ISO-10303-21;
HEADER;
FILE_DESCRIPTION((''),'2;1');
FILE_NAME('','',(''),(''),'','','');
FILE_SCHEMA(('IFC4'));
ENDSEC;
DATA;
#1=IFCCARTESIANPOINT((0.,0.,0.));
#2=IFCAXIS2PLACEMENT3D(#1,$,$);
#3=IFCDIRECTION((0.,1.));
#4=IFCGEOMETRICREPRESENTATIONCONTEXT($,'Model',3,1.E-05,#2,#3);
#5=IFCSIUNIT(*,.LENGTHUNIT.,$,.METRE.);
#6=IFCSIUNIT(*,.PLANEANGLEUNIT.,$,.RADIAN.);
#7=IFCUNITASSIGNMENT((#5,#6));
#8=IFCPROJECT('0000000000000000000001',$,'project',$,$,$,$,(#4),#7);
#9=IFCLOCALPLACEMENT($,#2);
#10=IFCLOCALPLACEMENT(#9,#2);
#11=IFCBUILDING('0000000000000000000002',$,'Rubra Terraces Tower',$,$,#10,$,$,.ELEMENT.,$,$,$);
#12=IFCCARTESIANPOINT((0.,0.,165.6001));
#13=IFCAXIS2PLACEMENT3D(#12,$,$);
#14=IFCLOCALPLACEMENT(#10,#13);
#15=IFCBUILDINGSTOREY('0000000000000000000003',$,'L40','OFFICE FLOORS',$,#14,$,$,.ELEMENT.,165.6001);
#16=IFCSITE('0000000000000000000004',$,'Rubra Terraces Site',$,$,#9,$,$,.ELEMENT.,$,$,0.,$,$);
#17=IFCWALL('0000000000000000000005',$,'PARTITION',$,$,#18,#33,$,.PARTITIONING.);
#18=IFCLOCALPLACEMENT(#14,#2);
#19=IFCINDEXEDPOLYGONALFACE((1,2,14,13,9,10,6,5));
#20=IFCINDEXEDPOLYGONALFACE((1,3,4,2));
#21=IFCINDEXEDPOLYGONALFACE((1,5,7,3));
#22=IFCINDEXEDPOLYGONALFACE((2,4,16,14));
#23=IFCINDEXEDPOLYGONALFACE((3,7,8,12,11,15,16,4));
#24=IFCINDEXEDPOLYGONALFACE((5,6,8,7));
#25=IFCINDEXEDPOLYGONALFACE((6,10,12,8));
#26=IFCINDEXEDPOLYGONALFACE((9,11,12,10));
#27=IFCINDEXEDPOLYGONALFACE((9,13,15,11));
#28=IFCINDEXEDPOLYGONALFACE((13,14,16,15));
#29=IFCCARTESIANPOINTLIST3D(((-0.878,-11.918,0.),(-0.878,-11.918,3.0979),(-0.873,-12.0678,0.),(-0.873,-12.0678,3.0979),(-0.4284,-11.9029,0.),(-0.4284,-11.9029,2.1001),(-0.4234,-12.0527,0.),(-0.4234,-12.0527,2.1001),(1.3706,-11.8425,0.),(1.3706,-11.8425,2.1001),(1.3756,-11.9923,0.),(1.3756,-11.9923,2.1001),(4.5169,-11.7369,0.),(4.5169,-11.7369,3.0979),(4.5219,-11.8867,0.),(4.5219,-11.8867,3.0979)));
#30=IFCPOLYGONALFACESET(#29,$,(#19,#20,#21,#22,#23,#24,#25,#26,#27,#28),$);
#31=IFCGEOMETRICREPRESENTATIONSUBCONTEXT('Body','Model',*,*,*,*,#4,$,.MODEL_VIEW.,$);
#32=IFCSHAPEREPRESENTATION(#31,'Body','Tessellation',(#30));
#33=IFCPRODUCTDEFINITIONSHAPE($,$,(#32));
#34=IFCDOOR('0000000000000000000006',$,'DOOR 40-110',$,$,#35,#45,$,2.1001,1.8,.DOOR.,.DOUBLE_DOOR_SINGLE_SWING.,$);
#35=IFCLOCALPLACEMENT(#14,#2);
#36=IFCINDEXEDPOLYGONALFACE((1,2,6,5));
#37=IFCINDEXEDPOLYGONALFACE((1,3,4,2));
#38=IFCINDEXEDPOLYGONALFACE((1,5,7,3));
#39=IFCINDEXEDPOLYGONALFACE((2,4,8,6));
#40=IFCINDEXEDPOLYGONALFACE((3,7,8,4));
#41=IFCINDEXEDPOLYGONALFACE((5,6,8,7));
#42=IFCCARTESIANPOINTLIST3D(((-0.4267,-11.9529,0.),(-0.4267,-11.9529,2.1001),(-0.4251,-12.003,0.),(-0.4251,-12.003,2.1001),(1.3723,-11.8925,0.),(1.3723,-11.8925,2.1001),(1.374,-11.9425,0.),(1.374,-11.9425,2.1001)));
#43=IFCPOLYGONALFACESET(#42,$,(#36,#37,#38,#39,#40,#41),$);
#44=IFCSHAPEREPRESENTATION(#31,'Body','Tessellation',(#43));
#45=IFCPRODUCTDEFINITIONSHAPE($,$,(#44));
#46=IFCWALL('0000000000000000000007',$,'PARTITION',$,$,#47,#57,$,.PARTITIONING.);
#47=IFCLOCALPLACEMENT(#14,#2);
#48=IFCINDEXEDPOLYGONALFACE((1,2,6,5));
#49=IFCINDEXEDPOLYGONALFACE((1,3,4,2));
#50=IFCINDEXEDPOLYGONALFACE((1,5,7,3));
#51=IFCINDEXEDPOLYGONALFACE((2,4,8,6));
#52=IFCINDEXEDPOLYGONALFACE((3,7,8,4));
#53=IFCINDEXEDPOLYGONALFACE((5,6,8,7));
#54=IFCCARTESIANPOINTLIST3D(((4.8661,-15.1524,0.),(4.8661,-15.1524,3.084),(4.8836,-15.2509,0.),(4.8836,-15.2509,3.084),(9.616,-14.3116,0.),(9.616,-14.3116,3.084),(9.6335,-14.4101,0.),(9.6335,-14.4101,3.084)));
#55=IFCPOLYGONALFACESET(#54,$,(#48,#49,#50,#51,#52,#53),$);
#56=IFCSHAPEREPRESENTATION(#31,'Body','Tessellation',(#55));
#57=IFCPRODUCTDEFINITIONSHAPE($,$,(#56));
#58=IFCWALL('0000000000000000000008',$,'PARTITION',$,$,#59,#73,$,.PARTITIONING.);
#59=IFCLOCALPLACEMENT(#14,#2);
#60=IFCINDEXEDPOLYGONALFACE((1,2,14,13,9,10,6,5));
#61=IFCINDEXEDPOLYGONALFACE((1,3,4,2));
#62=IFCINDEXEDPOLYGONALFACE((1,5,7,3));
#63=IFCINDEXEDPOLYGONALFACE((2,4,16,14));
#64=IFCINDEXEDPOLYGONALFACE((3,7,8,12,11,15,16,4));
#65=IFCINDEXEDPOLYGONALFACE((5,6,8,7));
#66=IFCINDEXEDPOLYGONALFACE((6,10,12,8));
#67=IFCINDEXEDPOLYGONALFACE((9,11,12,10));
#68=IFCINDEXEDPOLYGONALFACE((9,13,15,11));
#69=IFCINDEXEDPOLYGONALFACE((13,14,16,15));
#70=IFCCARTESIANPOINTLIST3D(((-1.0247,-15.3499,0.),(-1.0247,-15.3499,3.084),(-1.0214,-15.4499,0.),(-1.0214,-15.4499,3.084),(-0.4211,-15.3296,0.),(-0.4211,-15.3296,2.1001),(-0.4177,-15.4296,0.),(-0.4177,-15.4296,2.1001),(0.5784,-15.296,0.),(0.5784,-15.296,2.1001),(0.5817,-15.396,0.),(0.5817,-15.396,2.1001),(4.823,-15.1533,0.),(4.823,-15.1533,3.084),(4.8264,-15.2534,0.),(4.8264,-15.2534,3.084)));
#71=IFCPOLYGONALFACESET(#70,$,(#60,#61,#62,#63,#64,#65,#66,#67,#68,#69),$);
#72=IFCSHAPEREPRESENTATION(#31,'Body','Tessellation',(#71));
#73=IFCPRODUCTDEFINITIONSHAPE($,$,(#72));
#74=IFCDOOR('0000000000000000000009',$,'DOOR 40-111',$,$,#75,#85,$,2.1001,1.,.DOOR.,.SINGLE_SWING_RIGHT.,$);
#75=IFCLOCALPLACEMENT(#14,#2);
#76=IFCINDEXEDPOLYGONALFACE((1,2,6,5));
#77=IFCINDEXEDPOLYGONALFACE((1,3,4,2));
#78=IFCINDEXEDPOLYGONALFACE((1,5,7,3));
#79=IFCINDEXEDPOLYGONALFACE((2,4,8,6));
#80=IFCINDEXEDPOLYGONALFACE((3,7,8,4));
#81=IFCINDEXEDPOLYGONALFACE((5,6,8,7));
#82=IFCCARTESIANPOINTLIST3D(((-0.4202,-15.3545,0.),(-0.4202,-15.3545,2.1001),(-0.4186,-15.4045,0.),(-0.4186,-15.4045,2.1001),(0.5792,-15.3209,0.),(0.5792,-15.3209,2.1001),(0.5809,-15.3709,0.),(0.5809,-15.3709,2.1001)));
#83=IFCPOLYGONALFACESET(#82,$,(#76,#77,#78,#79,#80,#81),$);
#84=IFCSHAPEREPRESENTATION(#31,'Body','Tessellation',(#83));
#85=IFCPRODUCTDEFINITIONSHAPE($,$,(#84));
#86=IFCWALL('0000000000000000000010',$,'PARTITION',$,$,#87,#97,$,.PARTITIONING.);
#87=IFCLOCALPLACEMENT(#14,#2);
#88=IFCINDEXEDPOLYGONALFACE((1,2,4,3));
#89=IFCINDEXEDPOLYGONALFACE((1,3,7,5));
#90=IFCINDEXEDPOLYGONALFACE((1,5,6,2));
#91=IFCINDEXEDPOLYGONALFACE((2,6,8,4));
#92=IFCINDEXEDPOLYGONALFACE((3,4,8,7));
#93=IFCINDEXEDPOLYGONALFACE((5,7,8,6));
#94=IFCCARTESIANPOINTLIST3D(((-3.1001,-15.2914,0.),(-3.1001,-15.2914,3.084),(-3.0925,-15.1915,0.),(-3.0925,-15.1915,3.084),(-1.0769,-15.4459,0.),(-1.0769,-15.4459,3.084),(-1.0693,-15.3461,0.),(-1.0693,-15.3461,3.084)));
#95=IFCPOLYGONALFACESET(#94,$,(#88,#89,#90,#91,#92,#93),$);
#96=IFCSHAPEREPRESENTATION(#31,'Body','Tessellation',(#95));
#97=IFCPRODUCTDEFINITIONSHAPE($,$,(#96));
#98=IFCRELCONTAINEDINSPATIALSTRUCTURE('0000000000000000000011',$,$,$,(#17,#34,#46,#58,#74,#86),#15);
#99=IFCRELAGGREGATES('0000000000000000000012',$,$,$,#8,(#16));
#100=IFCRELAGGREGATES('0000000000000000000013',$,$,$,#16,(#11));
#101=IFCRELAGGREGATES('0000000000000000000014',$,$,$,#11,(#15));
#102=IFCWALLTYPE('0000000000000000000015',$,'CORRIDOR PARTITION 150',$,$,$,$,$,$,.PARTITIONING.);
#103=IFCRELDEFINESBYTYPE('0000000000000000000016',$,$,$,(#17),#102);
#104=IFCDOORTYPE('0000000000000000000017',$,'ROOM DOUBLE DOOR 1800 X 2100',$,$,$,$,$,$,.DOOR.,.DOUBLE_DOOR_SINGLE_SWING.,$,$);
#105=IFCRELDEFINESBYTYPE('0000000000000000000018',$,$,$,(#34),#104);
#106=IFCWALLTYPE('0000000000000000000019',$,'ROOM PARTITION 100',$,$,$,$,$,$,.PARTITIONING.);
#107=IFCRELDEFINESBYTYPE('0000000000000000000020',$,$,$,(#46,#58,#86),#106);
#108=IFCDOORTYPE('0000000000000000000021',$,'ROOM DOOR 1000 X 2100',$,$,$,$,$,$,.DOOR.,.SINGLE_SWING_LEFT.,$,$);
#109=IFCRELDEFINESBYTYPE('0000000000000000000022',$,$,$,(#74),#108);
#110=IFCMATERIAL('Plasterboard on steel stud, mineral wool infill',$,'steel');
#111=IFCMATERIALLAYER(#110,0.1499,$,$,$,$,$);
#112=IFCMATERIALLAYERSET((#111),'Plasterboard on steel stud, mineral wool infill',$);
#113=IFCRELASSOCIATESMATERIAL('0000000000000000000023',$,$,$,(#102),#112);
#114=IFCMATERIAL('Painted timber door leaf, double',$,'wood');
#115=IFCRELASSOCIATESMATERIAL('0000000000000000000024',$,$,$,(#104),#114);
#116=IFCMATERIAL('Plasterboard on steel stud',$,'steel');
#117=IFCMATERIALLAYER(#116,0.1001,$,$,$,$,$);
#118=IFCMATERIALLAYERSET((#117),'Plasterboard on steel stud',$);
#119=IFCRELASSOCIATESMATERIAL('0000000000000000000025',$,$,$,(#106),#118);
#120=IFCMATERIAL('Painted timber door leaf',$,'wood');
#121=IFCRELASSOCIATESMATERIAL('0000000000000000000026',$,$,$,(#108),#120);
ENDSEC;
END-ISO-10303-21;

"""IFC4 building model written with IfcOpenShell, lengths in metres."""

from ifc_helpers import new_model, si_unit, direction, frame, frame_2d, origin, place, context, subcontext, project, spatial, rectangle, extrude, material, layer, layer_set, type_object, element, fill, save


model = new_model("IFC4")

# Units and contexts
model_context = context("Model", 3, precision=1e-05, world=origin(), true_north=direction((0.0, 1.0)))
body_context = subcontext(model_context, "Body", "Model", "MODEL_VIEW")
ifc_project = project(units=[si_unit("LENGTHUNIT", "METRE"), si_unit("PLANEANGLEUNIT", "RADIAN")], contexts=[model_context])

# Site, building, storey
site_placement = place(None, origin())
site = spatial("IfcSite", under=ifc_project, at=site_placement, Name="Rubra Terraces Site", CompositionType="ELEMENT", RefElevation=0.0)
building_placement = place(site_placement, origin())
building = spatial("IfcBuilding", under=site, at=building_placement, Name="Rubra Terraces Tower", CompositionType="ELEMENT")
storey_placement = place(building_placement, frame((0.0, 0.0, 165.6001)))
storey = spatial("IfcBuildingStorey", under=building, at=storey_placement, Name="L40", Description="OFFICE FLOORS", CompositionType="ELEMENT", Elevation=165.6001)

# Wall, opening, door
ifc_material_1 = material(Name="Plasterboard on steel stud, mineral wool infill", Category="steel")
ifc_layer_1 = layer(ifc_material_1, 0.1499)
ifc_layer_set_1 = layer_set([ifc_layer_1], Name="Plasterboard on steel stud, mineral wool infill")
wall_type_1 = type_object("IfcWallType", Name="CORRIDOR PARTITION 150", PredefinedType="PARTITIONING", material=ifc_layer_set_1)
wall_1_placement = place(storey_placement, frame((-0.8755, -11.9929, 0.0), z_axis=(0.0, 0.0, 1.0), x_axis=(0.999437, 0.033559, 0.0)))
wall_1 = element("IfcWall", 1, at=wall_1_placement, inside=storey, type_object=wall_type_1, Name="PARTITION", PredefinedType="PARTITIONING", context=body_context, shape_type="SweptSolid", body=[
    extrude(rectangle(XDim=5.3979, YDim=0.1499, at=frame_2d((2.699, 0.0))), origin(), (0.0, 0.0, 1.0), 3.0979),
])
opening_1_placement = place(wall_1_placement, frame((0.45, 0.0, 0.0)))
opening_1 = element("IfcOpeningElement", 2, at=opening_1_placement, cuts=wall_1, PredefinedType="OPENING", context=body_context, shape_type="SweptSolid", body=[
    extrude(rectangle(XDim=1.8, YDim=2.1001, at=frame_2d((0.8999, 1.05))), frame((0.0, 0.085, 0.0), z_axis=(0.0, -1.0, 0.0), x_axis=(1.0, 0.0, 0.0)), (0.0, 0.0, 1.0), 0.1699),
])
ifc_material_2 = material(Name="Painted timber door leaf, double", Category="wood")
door_type_1 = type_object("IfcDoorType", Name="ROOM DOUBLE DOOR 1800 X 2100", OperationType="DOUBLE_DOOR_SINGLE_SWING", PredefinedType="DOOR", material=ifc_material_2)
door_1_placement = place(opening_1_placement, origin())
door_1 = element("IfcDoor", 3, at=door_1_placement, inside=storey, type_object=door_type_1, Name="DOOR 40-110", OperationType="DOUBLE_DOOR_SINGLE_SWING", OverallHeight=2.1001, OverallWidth=1.8, PredefinedType="DOOR", context=body_context, shape_type="SweptSolid", body=[
    extrude(rectangle(XDim=1.8, YDim=2.1001, at=frame_2d((0.8999, 1.05))), frame((0.0, 0.0249, 0.0), z_axis=(0.0, -1.0, 0.0), x_axis=(1.0, 0.0, 0.0)), (0.0, 0.0, 1.0), 0.05),
])
fill(opening_1, door_1)

# Wall
ifc_material_3 = material(Name="Plasterboard on steel stud", Category="steel")
ifc_layer_2 = layer(ifc_material_3, 0.1001)
ifc_layer_set_2 = layer_set([ifc_layer_2], Name="Plasterboard on steel stud")
wall_type_2 = type_object("IfcWallType", Name="ROOM PARTITION 100", PredefinedType="PARTITIONING", material=ifc_layer_set_2)
wall_2_placement = place(storey_placement, frame((9.6248, -14.3608, 0.0), z_axis=(0.0, 0.0, 1.0), x_axis=(-0.984692, -0.174305, 0.0)))
element("IfcWall", 4, at=wall_2_placement, inside=storey, type_object=wall_type_2, Name="PARTITION", PredefinedType="PARTITIONING", context=body_context, shape_type="SweptSolid", body=[
    extrude(rectangle(XDim=4.8237, YDim=0.1001, at=frame_2d((2.4119, 0.0))), origin(), (0.0, 0.0, 1.0), 3.084),
])

# Wall, opening, door
wall_3_placement = place(storey_placement, frame((4.8247, -15.2034, 0.0), z_axis=(0.0, 0.0, 1.0), x_axis=(-0.999436, -0.03359, 0.0)))
wall_3 = element("IfcWall", 5, at=wall_3_placement, inside=storey, type_object=wall_type_2, Name="PARTITION", PredefinedType="PARTITIONING", context=body_context, shape_type="SweptSolid", body=[
    extrude(rectangle(XDim=5.8511, YDim=0.1001, at=frame_2d((2.9255, 0.0))), origin(), (0.0, 0.0, 1.0), 3.084),
])
opening_2_placement = place(wall_3_placement, frame((4.2471, 0.0, 0.0)))
opening_2 = element("IfcOpeningElement", 6, at=opening_2_placement, cuts=wall_3, PredefinedType="OPENING", context=body_context, shape_type="SweptSolid", body=[
    extrude(rectangle(XDim=1.0, YDim=2.1001, at=frame_2d((0.5, 1.05))), frame((0.0, 0.0601, 0.0), z_axis=(0.0, -1.0, 0.0), x_axis=(1.0, 0.0, 0.0)), (0.0, 0.0, 1.0), 0.1201),
])
ifc_material_4 = material(Name="Painted timber door leaf", Category="wood")
door_type_2 = type_object("IfcDoorType", Name="ROOM DOOR 1000 X 2100", OperationType="SINGLE_SWING_LEFT", PredefinedType="DOOR", material=ifc_material_4)
door_2_placement = place(opening_2_placement, origin())
door_2 = element("IfcDoor", 7, at=door_2_placement, inside=storey, type_object=door_type_2, Name="DOOR 40-111", OperationType="SINGLE_SWING_RIGHT", OverallHeight=2.1001, OverallWidth=1.0, PredefinedType="DOOR", context=body_context, shape_type="SweptSolid", body=[
    extrude(rectangle(XDim=1.0, YDim=2.1001, at=frame_2d((0.5, 1.05))), frame((0.0, 0.0249, 0.0), z_axis=(0.0, -1.0, 0.0), x_axis=(1.0, 0.0, 0.0)), (0.0, 0.0, 1.0), 0.05),
])
fill(opening_2, door_2)

# Wall
wall_4_placement = place(storey_placement, frame((-1.073, -15.396, 0.0), z_axis=(0.0, 0.0, 1.0), x_axis=(-0.997095, 0.076163, 0.0)))
element("IfcWall", 8, at=wall_4_placement, inside=storey, type_object=wall_type_2, Name="PARTITION", PredefinedType="PARTITIONING", context=body_context, shape_type="SweptSolid", body=[
    extrude(rectangle(XDim=2.0291, YDim=0.1001, at=frame_2d((1.0146, 0.0))), origin(), (0.0, 0.0, 1.0), 3.084),
])

save(model, "model.ifc")
